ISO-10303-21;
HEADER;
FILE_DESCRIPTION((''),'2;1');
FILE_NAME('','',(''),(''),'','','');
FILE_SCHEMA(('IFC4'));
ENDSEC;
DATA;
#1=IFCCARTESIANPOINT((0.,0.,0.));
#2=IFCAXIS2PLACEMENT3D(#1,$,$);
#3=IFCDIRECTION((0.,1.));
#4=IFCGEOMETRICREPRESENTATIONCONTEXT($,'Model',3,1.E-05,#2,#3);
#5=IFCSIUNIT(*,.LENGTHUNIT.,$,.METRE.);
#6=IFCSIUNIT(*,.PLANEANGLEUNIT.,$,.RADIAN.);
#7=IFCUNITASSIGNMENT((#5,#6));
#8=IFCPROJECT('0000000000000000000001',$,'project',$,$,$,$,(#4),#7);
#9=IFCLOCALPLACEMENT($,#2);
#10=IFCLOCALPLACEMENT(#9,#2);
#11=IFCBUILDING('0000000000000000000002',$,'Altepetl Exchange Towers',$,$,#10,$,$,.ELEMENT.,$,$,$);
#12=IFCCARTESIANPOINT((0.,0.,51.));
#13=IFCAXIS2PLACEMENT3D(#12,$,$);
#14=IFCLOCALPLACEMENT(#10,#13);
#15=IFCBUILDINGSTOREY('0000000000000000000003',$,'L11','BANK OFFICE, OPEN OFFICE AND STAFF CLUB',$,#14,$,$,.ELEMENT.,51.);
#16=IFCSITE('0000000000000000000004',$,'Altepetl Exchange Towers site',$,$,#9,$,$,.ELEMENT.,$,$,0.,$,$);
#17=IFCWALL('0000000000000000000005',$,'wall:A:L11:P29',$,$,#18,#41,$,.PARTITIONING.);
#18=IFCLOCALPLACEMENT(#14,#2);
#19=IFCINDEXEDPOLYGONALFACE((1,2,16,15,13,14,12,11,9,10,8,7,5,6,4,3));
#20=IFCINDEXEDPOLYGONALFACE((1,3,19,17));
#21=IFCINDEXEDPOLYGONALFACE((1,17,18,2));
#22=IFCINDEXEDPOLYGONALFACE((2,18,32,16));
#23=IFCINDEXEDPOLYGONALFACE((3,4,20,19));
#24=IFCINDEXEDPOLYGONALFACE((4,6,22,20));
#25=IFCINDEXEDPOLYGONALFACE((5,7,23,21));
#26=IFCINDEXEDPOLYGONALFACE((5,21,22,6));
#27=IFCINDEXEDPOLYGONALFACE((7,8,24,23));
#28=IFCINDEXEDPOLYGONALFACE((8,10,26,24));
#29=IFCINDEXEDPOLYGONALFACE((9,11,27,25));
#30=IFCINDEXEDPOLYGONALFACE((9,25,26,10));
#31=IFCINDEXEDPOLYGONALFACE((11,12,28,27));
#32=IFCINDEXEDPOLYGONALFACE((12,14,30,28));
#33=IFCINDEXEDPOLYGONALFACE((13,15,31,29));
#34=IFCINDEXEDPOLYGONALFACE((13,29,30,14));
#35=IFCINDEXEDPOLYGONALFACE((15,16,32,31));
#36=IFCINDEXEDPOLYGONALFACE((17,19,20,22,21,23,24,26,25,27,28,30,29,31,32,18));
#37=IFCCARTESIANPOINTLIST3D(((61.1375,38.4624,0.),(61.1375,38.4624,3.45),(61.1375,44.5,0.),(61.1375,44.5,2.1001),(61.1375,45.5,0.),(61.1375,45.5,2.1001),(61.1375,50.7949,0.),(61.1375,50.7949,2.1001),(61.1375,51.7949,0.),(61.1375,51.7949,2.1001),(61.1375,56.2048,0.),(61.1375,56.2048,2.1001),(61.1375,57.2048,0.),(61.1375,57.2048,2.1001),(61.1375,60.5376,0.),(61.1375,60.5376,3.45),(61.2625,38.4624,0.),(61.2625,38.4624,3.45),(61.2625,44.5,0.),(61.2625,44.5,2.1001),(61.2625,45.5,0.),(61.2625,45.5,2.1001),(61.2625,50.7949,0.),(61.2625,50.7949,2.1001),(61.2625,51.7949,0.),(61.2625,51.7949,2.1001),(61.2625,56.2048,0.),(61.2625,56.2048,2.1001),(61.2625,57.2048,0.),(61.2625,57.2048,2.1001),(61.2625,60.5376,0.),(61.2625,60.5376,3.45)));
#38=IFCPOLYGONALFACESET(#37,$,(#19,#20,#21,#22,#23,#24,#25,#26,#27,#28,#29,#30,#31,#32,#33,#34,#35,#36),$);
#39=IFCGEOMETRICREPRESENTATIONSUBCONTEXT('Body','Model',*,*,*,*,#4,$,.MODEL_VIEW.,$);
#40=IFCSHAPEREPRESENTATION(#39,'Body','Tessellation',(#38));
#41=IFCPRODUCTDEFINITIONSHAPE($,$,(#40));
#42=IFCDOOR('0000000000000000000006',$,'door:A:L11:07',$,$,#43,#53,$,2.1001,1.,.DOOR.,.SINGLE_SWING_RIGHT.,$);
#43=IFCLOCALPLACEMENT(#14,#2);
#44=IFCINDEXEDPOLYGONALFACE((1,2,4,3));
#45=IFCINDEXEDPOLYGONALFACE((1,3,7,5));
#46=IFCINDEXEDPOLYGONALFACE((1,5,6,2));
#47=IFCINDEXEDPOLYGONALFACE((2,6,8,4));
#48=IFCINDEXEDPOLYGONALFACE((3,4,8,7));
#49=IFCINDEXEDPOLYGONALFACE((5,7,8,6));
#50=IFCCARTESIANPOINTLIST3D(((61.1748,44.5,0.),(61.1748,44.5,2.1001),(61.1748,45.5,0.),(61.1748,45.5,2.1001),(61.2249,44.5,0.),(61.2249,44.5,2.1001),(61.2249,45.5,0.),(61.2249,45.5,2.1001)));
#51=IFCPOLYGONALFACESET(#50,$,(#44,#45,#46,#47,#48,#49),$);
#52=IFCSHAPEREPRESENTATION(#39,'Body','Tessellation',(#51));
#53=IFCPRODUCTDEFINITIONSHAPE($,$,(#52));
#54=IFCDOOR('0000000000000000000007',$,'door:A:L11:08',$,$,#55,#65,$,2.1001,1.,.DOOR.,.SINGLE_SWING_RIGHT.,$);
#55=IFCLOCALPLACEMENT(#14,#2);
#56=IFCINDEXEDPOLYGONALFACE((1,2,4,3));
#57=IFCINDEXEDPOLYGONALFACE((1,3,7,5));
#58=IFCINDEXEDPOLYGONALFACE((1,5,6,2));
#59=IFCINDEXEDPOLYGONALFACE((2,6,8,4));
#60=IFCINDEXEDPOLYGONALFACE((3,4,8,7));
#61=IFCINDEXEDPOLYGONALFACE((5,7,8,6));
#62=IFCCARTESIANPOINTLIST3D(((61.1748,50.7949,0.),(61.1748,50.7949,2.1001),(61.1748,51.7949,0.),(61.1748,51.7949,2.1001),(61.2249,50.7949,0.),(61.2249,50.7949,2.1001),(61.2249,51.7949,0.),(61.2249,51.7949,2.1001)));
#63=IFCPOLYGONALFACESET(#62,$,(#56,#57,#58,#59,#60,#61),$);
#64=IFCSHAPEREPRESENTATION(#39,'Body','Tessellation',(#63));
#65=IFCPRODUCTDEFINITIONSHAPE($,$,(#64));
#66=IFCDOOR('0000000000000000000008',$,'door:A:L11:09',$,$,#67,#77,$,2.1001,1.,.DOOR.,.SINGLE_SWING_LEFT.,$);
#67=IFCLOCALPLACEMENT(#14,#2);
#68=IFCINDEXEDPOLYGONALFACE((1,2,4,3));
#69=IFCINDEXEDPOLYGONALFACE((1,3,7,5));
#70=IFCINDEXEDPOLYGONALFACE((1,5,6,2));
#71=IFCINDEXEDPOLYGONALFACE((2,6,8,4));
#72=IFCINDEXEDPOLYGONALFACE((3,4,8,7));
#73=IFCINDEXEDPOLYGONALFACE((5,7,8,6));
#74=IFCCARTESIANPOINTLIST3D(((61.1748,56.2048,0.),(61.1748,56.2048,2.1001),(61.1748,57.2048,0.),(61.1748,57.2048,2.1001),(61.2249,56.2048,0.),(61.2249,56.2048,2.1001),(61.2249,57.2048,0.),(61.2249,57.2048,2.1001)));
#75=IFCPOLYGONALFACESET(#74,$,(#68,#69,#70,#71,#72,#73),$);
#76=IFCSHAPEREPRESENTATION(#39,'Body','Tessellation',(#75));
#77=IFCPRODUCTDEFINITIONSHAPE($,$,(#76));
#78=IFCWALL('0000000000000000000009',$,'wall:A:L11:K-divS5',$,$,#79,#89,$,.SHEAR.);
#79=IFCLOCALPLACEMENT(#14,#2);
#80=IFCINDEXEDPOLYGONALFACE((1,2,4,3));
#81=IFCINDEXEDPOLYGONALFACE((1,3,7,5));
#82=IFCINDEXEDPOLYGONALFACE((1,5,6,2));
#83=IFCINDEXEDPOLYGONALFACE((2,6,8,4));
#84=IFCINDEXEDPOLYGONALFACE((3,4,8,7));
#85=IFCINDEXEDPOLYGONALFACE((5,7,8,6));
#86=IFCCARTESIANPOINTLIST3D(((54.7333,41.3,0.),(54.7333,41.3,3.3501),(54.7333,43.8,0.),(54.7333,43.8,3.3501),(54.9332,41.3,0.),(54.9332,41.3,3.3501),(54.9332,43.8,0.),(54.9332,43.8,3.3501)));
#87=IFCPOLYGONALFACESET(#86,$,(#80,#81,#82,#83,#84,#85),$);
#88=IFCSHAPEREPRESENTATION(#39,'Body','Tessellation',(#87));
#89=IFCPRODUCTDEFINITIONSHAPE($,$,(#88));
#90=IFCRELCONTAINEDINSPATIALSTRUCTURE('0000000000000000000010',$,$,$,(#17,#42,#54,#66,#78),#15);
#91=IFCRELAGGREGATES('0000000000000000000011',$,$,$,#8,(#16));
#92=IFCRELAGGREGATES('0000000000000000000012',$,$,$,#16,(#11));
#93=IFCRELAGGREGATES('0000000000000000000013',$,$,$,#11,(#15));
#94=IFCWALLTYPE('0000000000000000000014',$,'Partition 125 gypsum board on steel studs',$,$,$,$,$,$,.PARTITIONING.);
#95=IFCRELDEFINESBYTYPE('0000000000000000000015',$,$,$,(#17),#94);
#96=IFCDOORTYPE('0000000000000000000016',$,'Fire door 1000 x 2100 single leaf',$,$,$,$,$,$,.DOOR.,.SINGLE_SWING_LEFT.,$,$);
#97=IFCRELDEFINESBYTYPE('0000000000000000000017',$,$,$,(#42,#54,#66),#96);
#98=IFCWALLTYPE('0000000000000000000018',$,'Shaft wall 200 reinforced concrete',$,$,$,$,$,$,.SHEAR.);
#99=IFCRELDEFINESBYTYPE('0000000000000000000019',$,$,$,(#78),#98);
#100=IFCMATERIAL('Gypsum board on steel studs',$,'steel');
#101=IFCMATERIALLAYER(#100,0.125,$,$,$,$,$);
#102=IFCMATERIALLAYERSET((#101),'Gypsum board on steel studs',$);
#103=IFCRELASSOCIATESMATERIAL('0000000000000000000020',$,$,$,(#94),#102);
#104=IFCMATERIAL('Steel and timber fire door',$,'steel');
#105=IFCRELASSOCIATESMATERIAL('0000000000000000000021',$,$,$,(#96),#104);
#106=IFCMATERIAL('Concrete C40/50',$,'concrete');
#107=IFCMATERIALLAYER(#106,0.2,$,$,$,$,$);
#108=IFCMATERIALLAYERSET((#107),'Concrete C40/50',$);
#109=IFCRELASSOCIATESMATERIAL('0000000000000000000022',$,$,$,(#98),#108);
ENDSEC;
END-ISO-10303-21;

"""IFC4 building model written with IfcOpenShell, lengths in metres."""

from ifc_helpers import new_model, si_unit, direction, frame, frame_2d, origin, place, context, subcontext, project, spatial, rectangle, extrude, material, layer, layer_set, type_object, element, fill, save


model = new_model("IFC4")

# Units and contexts
model_context = context("Model", 3, precision=1e-05, world=origin(), true_north=direction((0.0, 1.0)))
body_context = subcontext(model_context, "Body", "Model", "MODEL_VIEW")
ifc_project = project(units=[si_unit("LENGTHUNIT", "METRE"), si_unit("PLANEANGLEUNIT", "RADIAN")], contexts=[model_context])

# Site, building, storey
site_placement = place(None, origin())
site = spatial("IfcSite", under=ifc_project, at=site_placement, Name="Altepetl Exchange Towers site", CompositionType="ELEMENT", RefElevation=0.0)
building_placement = place(site_placement, origin())
building = spatial("IfcBuilding", under=site, at=building_placement, Name="Altepetl Exchange Towers", CompositionType="ELEMENT")
storey_placement = place(building_placement, frame((0.0, 0.0, 51.0)))
storey = spatial("IfcBuildingStorey", under=building, at=storey_placement, Name="L11", Description="BANK OFFICE, OPEN OFFICE AND STAFF CLUB", CompositionType="ELEMENT", Elevation=51.0)

# Shared definitions
ifc_material_1 = material(Name="Steel and timber fire door", Category="steel")

# Shared definitions
ifc_material_2 = material(Name="Gypsum board on steel studs", Category="steel")
ifc_layer_1 = layer(ifc_material_2, 0.125)
ifc_layer_set_1 = layer_set([ifc_layer_1], Name="Gypsum board on steel studs")
wall_type_1 = type_object("IfcWallType", Name="Partition 125 gypsum board on steel studs", PredefinedType="PARTITIONING", material=ifc_layer_set_1)

# Wall, openings, doors
wall_1_placement = place(storey_placement, frame((61.2, 38.4624, 0.0), z_axis=(0.0, 0.0, 1.0), x_axis=(0.0, 1.0, 0.0)))
wall_1 = element("IfcWall", 1, at=wall_1_placement, inside=storey, type_object=wall_type_1, Name="wall:A:L11:P29", PredefinedType="PARTITIONING", context=body_context, shape_type="SweptSolid", body=[
    extrude(rectangle(XDim=22.0752, YDim=0.125, at=frame_2d((11.0376, 0.0))), origin(), (0.0, 0.0, 1.0), 3.45),
])
opening_1_placement = place(wall_1_placement, frame((6.0376, 0.0, 0.0)))
opening_1 = element("IfcOpeningElement", 2, at=opening_1_placement, cuts=wall_1, PredefinedType="OPENING", context=body_context, shape_type="SweptSolid", body=[
    extrude(rectangle(XDim=1.0, YDim=2.1001, at=frame_2d((0.5, 1.05))), frame((0.0, 0.0725, 0.0), z_axis=(0.0, -1.0, 0.0), x_axis=(1.0, 0.0, 0.0)), (0.0, 0.0, 1.0), 0.145),
])
opening_2_placement = place(wall_1_placement, frame((12.3325, 0.0, 0.0)))
opening_2 = element("IfcOpeningElement", 3, at=opening_2_placement, cuts=wall_1, PredefinedType="OPENING", context=body_context, shape_type="SweptSolid", body=[
    extrude(rectangle(XDim=1.0, YDim=2.1001, at=frame_2d((0.5, 1.05))), frame((0.0, 0.0725, 0.0), z_axis=(0.0, -1.0, 0.0), x_axis=(1.0, 0.0, 0.0)), (0.0, 0.0, 1.0), 0.145),
])
opening_3_placement = place(wall_1_placement, frame((17.7424, 0.0, 0.0)))
opening_3 = element("IfcOpeningElement", 4, at=opening_3_placement, cuts=wall_1, PredefinedType="OPENING", context=body_context, shape_type="SweptSolid", body=[
    extrude(rectangle(XDim=1.0, YDim=2.1001, at=frame_2d((0.5, 1.05))), frame((0.0, 0.0725, 0.0), z_axis=(0.0, -1.0, 0.0), x_axis=(1.0, 0.0, 0.0)), (0.0, 0.0, 1.0), 0.145),
])
door_type_1 = type_object("IfcDoorType", Name="Fire door 1000 x 2100 single leaf", OperationType="SINGLE_SWING_LEFT", PredefinedType="DOOR", material=ifc_material_1)
door_1_placement = place(opening_1_placement, frame((1.0, 0.0, 0.0), x_axis=(-1.0, 0.0, 0.0)))
door_1 = element("IfcDoor", 5, at=door_1_placement, inside=storey, type_object=door_type_1, Name="door:A:L11:07", OperationType="SINGLE_SWING_RIGHT", OverallHeight=2.1001, OverallWidth=1.0, PredefinedType="DOOR", context=body_context, shape_type="SweptSolid", body=[
    extrude(rectangle(XDim=1.0, YDim=2.1001, at=frame_2d((0.5, 1.05))), frame((0.0, 0.0249, 0.0), z_axis=(0.0, -1.0, 0.0), x_axis=(1.0, 0.0, 0.0)), (0.0, 0.0, 1.0), 0.05),
])
fill(opening_1, door_1)
door_2_placement = place(opening_2_placement, frame((1.0, 0.0, 0.0), x_axis=(-1.0, 0.0, 0.0)))
door_2 = element("IfcDoor", 6, at=door_2_placement, inside=storey, type_object=door_type_1, Name="door:A:L11:08", OperationType="SINGLE_SWING_RIGHT", OverallHeight=2.1001, OverallWidth=1.0, PredefinedType="DOOR", context=body_context, shape_type="SweptSolid", body=[
    extrude(rectangle(XDim=1.0, YDim=2.1001, at=frame_2d((0.5, 1.05))), frame((0.0, 0.0249, 0.0), z_axis=(0.0, -1.0, 0.0), x_axis=(1.0, 0.0, 0.0)), (0.0, 0.0, 1.0), 0.05),
])
fill(opening_2, door_2)
door_3_placement = place(opening_3_placement, frame((1.0, 0.0, 0.0), x_axis=(-1.0, 0.0, 0.0)))
door_3 = element("IfcDoor", 7, at=door_3_placement, inside=storey, type_object=door_type_1, Name="door:A:L11:09", OperationType="SINGLE_SWING_LEFT", OverallHeight=2.1001, OverallWidth=1.0, PredefinedType="DOOR", context=body_context, shape_type="SweptSolid", body=[
    extrude(rectangle(XDim=1.0, YDim=2.1001, at=frame_2d((0.5, 1.05))), frame((0.0, 0.0249, 0.0), z_axis=(0.0, -1.0, 0.0), x_axis=(1.0, 0.0, 0.0)), (0.0, 0.0, 1.0), 0.05),
])
fill(opening_3, door_3)

# Wall
ifc_material_3 = material(Name="Concrete C40/50", Category="concrete")
ifc_layer_2 = layer(ifc_material_3, 0.2)
ifc_layer_set_2 = layer_set([ifc_layer_2], Name="Concrete C40/50")
wall_type_2 = type_object("IfcWallType", Name="Shaft wall 200 reinforced concrete", PredefinedType="SHEAR", material=ifc_layer_set_2)
wall_2_placement = place(storey_placement, frame((54.8333, 41.3, 0.0), z_axis=(0.0, 0.0, 1.0), x_axis=(0.0, 1.0, 0.0)))
element("IfcWall", 8, at=wall_2_placement, inside=storey, type_object=wall_type_2, Name="wall:A:L11:K-divS5", PredefinedType="SHEAR", context=body_context, shape_type="SweptSolid", body=[
    extrude(rectangle(XDim=2.5, YDim=0.2, at=frame_2d((1.25, 0.0))), origin(), (0.0, 0.0, 1.0), 3.3501),
])

save(model, "model.ifc")
